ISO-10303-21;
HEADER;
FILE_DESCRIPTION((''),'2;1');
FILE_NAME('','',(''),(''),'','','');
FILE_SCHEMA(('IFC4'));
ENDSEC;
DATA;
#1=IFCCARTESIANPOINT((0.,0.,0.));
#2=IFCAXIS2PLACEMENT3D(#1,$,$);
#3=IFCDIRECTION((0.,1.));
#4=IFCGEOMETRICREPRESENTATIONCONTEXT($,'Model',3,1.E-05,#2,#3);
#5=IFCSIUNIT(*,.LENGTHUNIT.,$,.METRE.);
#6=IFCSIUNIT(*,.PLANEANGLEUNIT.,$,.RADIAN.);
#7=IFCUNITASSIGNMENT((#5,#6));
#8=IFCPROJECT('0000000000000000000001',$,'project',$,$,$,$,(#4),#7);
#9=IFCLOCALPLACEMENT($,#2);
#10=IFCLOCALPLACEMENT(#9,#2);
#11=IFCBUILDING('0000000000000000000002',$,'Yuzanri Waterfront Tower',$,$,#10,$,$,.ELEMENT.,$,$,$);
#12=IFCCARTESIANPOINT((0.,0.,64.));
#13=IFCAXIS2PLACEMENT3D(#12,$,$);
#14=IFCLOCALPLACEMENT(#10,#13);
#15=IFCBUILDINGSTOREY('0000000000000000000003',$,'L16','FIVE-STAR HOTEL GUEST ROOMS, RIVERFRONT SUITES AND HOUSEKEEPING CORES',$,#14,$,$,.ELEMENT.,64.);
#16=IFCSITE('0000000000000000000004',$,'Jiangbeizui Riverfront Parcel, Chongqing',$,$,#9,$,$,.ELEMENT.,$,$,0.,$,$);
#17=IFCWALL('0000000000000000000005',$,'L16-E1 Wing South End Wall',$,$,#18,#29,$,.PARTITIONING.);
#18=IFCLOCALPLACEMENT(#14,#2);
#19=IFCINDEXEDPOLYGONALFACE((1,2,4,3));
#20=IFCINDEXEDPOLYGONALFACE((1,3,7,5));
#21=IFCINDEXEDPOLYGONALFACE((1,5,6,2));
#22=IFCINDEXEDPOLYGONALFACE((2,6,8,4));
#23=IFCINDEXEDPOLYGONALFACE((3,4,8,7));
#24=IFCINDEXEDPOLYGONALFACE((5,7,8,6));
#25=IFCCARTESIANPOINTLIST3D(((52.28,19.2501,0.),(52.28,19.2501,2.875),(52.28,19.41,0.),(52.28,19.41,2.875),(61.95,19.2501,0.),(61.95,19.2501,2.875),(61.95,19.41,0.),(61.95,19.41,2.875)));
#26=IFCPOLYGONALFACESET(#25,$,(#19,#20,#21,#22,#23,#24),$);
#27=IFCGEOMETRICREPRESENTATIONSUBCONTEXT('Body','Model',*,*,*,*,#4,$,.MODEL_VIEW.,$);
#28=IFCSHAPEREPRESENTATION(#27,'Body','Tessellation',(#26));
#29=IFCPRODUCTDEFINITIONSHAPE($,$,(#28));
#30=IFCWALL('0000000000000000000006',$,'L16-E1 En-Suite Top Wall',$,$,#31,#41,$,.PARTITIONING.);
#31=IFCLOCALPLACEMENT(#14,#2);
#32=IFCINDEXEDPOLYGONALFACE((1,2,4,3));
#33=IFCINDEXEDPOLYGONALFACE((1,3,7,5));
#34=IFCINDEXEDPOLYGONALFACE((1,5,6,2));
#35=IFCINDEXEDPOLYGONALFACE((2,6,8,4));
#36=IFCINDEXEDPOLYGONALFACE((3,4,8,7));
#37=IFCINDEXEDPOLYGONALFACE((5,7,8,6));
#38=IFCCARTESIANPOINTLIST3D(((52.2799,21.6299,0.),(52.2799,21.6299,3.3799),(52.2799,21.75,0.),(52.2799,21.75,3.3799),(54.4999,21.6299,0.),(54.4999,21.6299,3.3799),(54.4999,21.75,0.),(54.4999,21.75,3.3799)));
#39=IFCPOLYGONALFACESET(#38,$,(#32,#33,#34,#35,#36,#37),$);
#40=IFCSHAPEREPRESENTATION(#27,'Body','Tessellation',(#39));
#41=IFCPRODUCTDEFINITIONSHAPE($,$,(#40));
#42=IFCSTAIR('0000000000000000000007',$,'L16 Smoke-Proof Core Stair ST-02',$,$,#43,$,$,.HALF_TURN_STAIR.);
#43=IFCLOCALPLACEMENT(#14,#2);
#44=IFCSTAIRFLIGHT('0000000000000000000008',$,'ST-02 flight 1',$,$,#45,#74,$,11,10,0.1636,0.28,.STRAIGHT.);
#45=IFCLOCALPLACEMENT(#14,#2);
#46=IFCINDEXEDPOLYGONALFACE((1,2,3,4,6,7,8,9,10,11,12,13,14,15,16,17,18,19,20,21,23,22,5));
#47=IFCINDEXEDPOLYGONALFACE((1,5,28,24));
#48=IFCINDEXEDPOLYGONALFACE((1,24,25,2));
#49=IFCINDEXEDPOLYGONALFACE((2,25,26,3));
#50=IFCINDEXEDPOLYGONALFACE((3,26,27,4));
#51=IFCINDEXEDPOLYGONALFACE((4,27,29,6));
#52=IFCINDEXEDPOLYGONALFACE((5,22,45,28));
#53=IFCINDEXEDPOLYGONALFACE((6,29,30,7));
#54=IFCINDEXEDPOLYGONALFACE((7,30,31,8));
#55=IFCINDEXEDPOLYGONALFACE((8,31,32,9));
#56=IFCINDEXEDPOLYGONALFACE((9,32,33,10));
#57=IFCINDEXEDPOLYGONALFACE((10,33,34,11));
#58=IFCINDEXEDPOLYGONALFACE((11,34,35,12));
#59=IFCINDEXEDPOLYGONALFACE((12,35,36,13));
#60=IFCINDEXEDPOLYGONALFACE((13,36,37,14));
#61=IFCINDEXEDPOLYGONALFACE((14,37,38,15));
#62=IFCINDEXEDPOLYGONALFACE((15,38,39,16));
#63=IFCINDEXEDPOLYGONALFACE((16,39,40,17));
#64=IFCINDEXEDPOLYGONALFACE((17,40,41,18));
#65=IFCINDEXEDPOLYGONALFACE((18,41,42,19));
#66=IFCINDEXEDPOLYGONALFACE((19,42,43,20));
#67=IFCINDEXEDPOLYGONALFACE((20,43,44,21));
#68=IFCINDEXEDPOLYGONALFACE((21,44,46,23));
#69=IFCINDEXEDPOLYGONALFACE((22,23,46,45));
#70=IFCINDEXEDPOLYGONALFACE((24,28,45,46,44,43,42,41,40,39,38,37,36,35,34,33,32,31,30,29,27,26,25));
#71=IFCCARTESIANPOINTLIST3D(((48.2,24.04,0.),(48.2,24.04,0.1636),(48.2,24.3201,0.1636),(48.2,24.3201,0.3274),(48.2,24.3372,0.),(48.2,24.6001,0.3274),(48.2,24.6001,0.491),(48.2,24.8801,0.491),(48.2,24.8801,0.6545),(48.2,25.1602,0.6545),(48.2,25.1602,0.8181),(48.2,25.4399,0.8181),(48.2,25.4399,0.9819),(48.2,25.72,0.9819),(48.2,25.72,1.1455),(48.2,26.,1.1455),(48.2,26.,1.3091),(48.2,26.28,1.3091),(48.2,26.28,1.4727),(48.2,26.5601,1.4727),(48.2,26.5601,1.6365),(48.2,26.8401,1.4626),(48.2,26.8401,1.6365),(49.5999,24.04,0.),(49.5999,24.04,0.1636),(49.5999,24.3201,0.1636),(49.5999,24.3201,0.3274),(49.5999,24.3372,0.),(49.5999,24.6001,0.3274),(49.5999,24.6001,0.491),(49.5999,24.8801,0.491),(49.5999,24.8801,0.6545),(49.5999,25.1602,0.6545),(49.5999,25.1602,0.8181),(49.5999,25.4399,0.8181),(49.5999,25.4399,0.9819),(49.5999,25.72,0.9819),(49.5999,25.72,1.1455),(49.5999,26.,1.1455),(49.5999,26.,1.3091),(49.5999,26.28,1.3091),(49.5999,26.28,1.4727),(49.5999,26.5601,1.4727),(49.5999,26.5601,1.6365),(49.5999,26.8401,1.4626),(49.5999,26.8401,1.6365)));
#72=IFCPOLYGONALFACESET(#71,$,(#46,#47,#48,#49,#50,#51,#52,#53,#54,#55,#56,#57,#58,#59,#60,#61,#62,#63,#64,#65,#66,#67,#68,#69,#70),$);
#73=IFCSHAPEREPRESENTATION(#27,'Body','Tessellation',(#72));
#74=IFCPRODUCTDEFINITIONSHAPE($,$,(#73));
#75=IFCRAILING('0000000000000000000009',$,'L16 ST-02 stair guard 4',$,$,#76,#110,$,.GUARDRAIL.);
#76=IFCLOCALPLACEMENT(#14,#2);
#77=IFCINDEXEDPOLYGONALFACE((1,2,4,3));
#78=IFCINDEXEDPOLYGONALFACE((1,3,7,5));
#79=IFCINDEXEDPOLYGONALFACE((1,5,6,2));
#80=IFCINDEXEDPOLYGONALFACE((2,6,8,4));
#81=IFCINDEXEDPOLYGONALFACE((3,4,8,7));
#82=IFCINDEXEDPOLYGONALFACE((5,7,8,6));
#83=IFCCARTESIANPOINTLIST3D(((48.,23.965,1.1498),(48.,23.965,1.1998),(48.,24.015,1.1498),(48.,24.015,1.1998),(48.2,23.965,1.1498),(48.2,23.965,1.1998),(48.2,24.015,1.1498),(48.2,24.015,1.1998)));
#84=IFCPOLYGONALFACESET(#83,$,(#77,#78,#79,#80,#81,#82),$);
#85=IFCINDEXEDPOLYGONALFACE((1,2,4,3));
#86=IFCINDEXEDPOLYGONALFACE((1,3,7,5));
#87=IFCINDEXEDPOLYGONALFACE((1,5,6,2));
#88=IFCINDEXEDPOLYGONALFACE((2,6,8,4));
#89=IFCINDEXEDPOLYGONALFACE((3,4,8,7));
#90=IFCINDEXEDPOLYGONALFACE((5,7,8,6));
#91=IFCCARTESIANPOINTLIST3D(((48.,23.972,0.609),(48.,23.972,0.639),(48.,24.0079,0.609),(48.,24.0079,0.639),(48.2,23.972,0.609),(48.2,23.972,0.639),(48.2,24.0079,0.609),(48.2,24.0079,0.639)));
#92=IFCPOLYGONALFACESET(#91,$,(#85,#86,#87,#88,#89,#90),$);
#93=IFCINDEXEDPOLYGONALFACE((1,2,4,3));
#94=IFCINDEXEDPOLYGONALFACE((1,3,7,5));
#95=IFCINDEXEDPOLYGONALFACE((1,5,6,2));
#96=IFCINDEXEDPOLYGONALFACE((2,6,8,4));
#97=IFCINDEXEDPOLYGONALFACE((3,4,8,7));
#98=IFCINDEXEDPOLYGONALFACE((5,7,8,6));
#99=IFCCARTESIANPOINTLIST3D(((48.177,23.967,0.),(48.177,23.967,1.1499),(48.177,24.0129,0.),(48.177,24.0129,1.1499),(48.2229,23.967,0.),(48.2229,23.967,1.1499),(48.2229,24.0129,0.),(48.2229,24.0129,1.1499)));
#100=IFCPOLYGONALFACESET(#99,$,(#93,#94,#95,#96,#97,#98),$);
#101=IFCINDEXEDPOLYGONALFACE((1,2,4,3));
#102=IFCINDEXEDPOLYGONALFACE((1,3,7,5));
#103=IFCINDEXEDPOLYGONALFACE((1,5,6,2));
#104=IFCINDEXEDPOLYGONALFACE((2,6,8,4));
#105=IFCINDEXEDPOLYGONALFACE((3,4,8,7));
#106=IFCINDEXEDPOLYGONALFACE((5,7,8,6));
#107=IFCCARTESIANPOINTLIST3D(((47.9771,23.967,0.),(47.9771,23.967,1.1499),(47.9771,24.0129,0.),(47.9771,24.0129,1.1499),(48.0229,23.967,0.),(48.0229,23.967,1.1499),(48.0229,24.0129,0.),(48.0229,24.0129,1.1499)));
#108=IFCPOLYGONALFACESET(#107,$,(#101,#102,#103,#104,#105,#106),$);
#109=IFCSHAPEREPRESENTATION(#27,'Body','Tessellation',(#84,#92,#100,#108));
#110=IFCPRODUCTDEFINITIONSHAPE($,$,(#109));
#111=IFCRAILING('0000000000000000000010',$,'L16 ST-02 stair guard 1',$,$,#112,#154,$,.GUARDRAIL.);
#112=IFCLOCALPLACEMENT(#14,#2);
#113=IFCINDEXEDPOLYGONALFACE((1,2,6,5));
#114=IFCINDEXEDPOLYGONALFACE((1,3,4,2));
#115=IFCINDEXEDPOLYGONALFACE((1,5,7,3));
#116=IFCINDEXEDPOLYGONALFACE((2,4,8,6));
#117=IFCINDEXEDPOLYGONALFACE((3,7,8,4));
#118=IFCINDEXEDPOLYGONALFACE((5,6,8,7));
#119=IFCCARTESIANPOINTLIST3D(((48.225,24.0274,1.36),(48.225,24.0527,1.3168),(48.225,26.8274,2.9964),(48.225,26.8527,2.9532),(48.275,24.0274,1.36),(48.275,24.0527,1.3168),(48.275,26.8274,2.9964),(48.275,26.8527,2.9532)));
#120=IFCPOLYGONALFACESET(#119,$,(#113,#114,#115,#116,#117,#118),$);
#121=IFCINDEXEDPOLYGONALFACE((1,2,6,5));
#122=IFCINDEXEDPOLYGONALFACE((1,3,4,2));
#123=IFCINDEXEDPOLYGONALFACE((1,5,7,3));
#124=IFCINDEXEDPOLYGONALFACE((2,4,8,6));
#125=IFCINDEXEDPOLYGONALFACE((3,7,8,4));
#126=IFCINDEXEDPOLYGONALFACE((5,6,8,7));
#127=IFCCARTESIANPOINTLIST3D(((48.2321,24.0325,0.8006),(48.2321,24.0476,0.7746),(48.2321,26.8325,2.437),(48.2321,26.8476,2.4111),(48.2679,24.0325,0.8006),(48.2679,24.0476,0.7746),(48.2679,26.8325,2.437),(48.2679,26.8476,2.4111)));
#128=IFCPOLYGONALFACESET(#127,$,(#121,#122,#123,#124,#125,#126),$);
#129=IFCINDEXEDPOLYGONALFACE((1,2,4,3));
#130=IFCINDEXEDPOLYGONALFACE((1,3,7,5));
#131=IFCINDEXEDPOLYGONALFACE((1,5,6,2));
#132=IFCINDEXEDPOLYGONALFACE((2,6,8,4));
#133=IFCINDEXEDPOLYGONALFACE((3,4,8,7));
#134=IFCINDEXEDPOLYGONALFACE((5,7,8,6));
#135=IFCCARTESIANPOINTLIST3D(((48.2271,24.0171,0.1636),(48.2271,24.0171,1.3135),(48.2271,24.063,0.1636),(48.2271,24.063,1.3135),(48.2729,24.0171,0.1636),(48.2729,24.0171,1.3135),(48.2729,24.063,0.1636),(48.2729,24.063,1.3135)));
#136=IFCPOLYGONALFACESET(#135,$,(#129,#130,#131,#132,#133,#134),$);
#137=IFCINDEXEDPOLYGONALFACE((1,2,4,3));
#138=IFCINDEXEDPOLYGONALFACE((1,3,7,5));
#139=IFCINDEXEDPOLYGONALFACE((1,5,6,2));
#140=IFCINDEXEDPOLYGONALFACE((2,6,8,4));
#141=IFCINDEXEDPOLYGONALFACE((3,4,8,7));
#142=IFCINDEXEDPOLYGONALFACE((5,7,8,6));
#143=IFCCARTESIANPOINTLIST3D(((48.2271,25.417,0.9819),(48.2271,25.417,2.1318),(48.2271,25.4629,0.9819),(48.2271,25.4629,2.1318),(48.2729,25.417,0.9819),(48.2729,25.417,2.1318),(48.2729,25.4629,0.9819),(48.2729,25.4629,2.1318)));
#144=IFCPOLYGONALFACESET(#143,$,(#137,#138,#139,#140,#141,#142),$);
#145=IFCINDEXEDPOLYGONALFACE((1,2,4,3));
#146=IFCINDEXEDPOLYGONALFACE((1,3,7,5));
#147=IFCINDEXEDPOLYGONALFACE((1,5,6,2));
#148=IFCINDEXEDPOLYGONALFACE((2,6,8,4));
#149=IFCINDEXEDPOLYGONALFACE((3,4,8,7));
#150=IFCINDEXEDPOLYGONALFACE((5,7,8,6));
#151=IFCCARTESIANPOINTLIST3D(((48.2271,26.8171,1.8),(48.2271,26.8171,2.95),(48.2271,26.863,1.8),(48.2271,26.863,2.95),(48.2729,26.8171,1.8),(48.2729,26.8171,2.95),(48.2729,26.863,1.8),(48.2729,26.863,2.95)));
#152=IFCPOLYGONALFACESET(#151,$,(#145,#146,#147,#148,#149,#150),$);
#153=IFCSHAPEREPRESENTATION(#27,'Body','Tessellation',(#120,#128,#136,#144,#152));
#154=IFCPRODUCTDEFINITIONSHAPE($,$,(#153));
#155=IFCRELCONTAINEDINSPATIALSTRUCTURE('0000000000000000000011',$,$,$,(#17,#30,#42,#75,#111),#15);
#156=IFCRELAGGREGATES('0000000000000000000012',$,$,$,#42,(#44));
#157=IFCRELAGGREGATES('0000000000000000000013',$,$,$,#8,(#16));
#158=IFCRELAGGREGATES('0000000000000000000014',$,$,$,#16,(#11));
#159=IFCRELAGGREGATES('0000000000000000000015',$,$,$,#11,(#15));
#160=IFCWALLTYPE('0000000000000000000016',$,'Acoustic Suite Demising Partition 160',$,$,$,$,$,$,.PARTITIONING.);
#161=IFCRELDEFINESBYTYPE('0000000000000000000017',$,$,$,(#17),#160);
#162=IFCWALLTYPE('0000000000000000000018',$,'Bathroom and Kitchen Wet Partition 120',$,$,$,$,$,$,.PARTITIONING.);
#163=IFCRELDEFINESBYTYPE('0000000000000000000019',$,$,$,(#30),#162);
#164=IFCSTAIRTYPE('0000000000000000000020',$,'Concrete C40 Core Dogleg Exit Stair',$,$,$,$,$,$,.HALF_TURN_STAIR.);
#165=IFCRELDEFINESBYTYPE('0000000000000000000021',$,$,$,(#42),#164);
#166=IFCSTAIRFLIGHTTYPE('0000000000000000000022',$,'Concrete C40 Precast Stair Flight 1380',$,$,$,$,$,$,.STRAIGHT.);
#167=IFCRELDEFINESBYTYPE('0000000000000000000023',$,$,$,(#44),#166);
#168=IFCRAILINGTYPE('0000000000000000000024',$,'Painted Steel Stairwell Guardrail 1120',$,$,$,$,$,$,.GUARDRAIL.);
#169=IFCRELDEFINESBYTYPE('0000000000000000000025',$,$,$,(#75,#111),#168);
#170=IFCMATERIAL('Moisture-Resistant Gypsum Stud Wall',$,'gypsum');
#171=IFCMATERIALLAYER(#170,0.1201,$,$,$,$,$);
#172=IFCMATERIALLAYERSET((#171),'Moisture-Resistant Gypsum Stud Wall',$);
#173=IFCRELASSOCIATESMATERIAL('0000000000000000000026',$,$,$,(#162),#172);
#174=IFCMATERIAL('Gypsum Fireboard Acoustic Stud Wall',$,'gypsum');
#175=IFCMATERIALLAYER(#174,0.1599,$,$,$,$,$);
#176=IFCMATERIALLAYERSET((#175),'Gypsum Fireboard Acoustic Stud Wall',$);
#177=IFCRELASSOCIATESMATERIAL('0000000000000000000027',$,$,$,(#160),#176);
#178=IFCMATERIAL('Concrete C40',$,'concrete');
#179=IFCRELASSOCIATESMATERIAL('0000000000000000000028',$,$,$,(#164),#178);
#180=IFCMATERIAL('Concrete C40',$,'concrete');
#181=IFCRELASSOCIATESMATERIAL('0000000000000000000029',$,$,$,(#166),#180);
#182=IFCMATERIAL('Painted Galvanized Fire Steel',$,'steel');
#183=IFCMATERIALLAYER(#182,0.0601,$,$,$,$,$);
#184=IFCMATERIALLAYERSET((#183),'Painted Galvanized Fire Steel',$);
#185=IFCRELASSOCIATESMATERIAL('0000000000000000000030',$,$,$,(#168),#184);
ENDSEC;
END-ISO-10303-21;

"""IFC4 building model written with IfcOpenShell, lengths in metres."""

from ifc_helpers import new_model, si_unit, direction, frame, frame_2d, origin, origin_2d, place, context, subcontext, project, spatial, polyline, rectangle, outline, extrude, source, transform, mapped, material, layer, layer_set, type_object, element, aggregate, save


model = new_model("IFC4")

# Units and contexts
model_context = context("Model", 3, precision=1e-05, world=origin(), true_north=direction((0.0, 1.0)))
body_context = subcontext(model_context, "Body", "Model", "MODEL_VIEW")
ifc_project = project(units=[si_unit("LENGTHUNIT", "METRE"), si_unit("PLANEANGLEUNIT", "RADIAN")], contexts=[model_context])

# Site, building, storey
site_placement = place(None, origin())
site = spatial("IfcSite", under=ifc_project, at=site_placement, Name="Jiangbeizui Riverfront Parcel, Chongqing", CompositionType="ELEMENT", RefElevation=0.0)
building_placement = place(site_placement, origin())
building = spatial("IfcBuilding", under=site, at=building_placement, Name="Yuzanri Waterfront Tower", CompositionType="ELEMENT")
storey_placement = place(building_placement, frame((0.0, 0.0, 64.0)))
storey = spatial("IfcBuildingStorey", under=building, at=storey_placement, Name="L16", Description="FIVE-STAR HOTEL GUEST ROOMS, RIVERFRONT SUITES AND HOUSEKEEPING CORES", CompositionType="ELEMENT", Elevation=64.0)

# Shared definitions
ifc_material_1 = material(Name="Moisture-Resistant Gypsum Stud Wall", Category="gypsum")
ifc_layer_1 = layer(ifc_material_1, 0.1201)
ifc_layer_set_1 = layer_set([ifc_layer_1], Name="Moisture-Resistant Gypsum Stud Wall")
wall_type_1 = type_object("IfcWallType", Name="Bathroom and Kitchen Wet Partition 120", PredefinedType="PARTITIONING", material=ifc_layer_set_1)

# Walls
ifc_material_2 = material(Name="Gypsum Fireboard Acoustic Stud Wall", Category="gypsum")
ifc_layer_2 = layer(ifc_material_2, 0.1599)
ifc_layer_set_2 = layer_set([ifc_layer_2], Name="Gypsum Fireboard Acoustic Stud Wall")
wall_type_2 = type_object("IfcWallType", Name="Acoustic Suite Demising Partition 160", PredefinedType="PARTITIONING", material=ifc_layer_set_2)
shared_shape_1 = source(origin(), body_context, "Body", "SweptSolid", [
    extrude(rectangle(XDim=9.6699, YDim=0.1599, at=frame_2d((4.835, 0.0))), origin(), (0.0, 0.0, 1.0), 2.875),
])
wall_1_placement = place(storey_placement, frame((52.28, 19.3301, 0.0), z_axis=(0.0, 0.0, 1.0), x_axis=(1.0, 0.0, 0.0)))
element("IfcWall", 1, at=wall_1_placement, inside=storey, type_object=wall_type_2, Name="L16-E1 Wing South End Wall", PredefinedType="PARTITIONING", context=body_context, shape_type="MappedRepresentation", body=[
    mapped(shared_shape_1, transform((0.0, 0.0, 0.0), scale=1.0)),
])
shared_shape_2 = source(origin(), body_context, "Body", "SweptSolid", [
    extrude(rectangle(XDim=2.22, YDim=0.1201, at=frame_2d((1.1099, 0.0))), origin(), (0.0, 0.0, 1.0), 3.3799),
])
wall_2_placement = place(storey_placement, frame((52.28, 21.6899, 0.0), z_axis=(0.0, 0.0, 1.0), x_axis=(1.0, 0.0, 0.0)))
element("IfcWall", 2, at=wall_2_placement, inside=storey, type_object=wall_type_1, Name="L16-E1 En-Suite Top Wall", PredefinedType="PARTITIONING", context=body_context, shape_type="MappedRepresentation", body=[
    mapped(shared_shape_2, transform((0.0, 0.0, 0.0), scale=1.0)),
])

# Stair, stair flight
ifc_material_3 = material(Name="Concrete C40", Category="concrete")
stair_type = type_object("IfcStairType", Name="Concrete C40 Core Dogleg Exit Stair", PredefinedType="HALF_TURN_STAIR", material=ifc_material_3)
stair_placement = place(storey_placement, origin())
stair = element("IfcStair", 3, at=stair_placement, inside=storey, type_object=stair_type, Name="L16 Smoke-Proof Core Stair ST-02", PredefinedType="HALF_TURN_STAIR")
ifc_material_4 = material(Name="Concrete C40", Category="concrete")
stair_flight_type = type_object("IfcStairFlightType", Name="Concrete C40 Precast Stair Flight 1380", PredefinedType="STRAIGHT", material=ifc_material_4)
shared_shape_3 = source(origin(), body_context, "Body", "SweptSolid", [
    extrude(outline(polyline([(0.0, 0.0), (0.0, 0.1636), (0.28, 0.1636), (0.28, 0.3274), (0.5601, 0.3274), (0.5601, 0.491), (0.8401, 0.491), (0.8401, 0.6545), (1.1201, 0.6545), (1.1201, 0.8181), (1.3999, 0.8181), (1.3999, 0.9819), (1.6799, 0.9819), (1.6799, 1.1455), (1.96, 1.1455), (1.96, 1.3091), (2.24, 1.3091), (2.24, 1.4727), (2.52, 1.4727), (2.52, 1.6365), (2.8, 1.6365), (2.8, 1.8), (2.8, 1.4626), (0.2971, 0.0), (0.0, 0.0)])), frame((0.0, 0.7, 0.0), z_axis=(0.0, -1.0, 0.0), x_axis=(1.0, 0.0, 0.0)), (0.0, 0.0, 1.0), 1.3999),
])
stair_flight_placement = place(storey_placement, frame((48.8999, 24.04, 0.0), z_axis=(0.0, 0.0, 1.0), x_axis=(0.0, 1.0, 0.0)))
stair_flight = element("IfcStairFlight", 4, at=stair_flight_placement, type_object=stair_flight_type, Name="ST-02 flight 1", NumberOfRisers=11, NumberOfTreads=10, PredefinedType="STRAIGHT", RiserHeight=0.1636, TreadLength=0.28, context=body_context, shape_type="MappedRepresentation", body=[
    mapped(shared_shape_3, transform((0.0, 0.0, 0.0), scale=1.0)),
])
aggregate(stair, [stair_flight])

# Railings
ifc_material_5 = material(Name="Painted Galvanized Fire Steel", Category="steel")
ifc_layer_3 = layer(ifc_material_5, 0.0601)
ifc_layer_set_3 = layer_set([ifc_layer_3], Name="Painted Galvanized Fire Steel")
railing_type = type_object("IfcRailingType", Name="Painted Steel Stairwell Guardrail 1120", PredefinedType="GUARDRAIL", material=ifc_layer_set_3)
shared_shape_4 = source(origin(), body_context, "Body", "SweptSolid", [
    extrude(rectangle(XDim=0.05, YDim=0.05, at=origin_2d()), frame((0.0, 0.0, 1.1748), z_axis=(-1.0, 0.0, 0.0), x_axis=(0.0, -1.0, 0.0)), (0.0, 0.0, 1.0), 0.2),
    extrude(rectangle(XDim=0.0359, YDim=0.03, at=origin_2d()), frame((0.0, 0.0, 0.624), z_axis=(-1.0, 0.0, 0.0), x_axis=(0.0, -1.0, 0.0)), (0.0, 0.0, 1.0), 0.2),
    extrude(rectangle(XDim=0.0459, YDim=0.0459, at=origin_2d()), origin(), (0.0, 0.0, 1.0), 1.1499),
    extrude(rectangle(XDim=0.0459, YDim=0.0459, at=origin_2d()), frame((-0.2, 0.0, 0.0)), (0.0, 0.0, 1.0), 1.1499),
])
railing_1_placement = place(storey_placement, frame((48.2, 23.99, 0.0)))
element("IfcRailing", 5, at=railing_1_placement, inside=storey, type_object=railing_type, Name="L16 ST-02 stair guard 4", PredefinedType="GUARDRAIL", context=body_context, shape_type="MappedRepresentation", body=[
    mapped(shared_shape_4, transform((0.0, 0.0, 0.0), scale=1.0)),
])
shared_shape_5 = source(origin(), body_context, "Body", "SweptSolid", [
    extrude(rectangle(XDim=0.05, YDim=0.05, at=origin_2d()), frame((0.0, 0.0, 1.1748), z_axis=(0.0, 0.863361, 0.504587), x_axis=(-1.0, 0.0, 0.0)), (0.0, 0.0, 1.0), 3.2432),
    extrude(rectangle(XDim=0.0359, YDim=0.03, at=origin_2d()), frame((0.0, 0.0, 0.624), z_axis=(0.0, 0.863361, 0.504587), x_axis=(-1.0, 0.0, 0.0)), (0.0, 0.0, 1.0), 3.2432),
    extrude(rectangle(XDim=0.0459, YDim=0.0459, at=origin_2d()), origin(), (0.0, 0.0, 1.0), 1.1499),
    extrude(rectangle(XDim=0.0459, YDim=0.0459, at=origin_2d()), frame((0.0, 1.3999, 0.8184)), (0.0, 0.0, 1.0), 1.1499),
    extrude(rectangle(XDim=0.0459, YDim=0.0459, at=origin_2d()), frame((0.0, 2.8, 1.6365)), (0.0, 0.0, 1.0), 1.1499),
])
railing_2_placement = place(storey_placement, frame((48.25, 24.04, 0.1636)))
element("IfcRailing", 6, at=railing_2_placement, inside=storey, type_object=railing_type, Name="L16 ST-02 stair guard 1", PredefinedType="GUARDRAIL", context=body_context, shape_type="MappedRepresentation", body=[
    mapped(shared_shape_5, transform((0.0, 0.0, 0.0), scale=1.0)),
])

save(model, "model.ifc")
